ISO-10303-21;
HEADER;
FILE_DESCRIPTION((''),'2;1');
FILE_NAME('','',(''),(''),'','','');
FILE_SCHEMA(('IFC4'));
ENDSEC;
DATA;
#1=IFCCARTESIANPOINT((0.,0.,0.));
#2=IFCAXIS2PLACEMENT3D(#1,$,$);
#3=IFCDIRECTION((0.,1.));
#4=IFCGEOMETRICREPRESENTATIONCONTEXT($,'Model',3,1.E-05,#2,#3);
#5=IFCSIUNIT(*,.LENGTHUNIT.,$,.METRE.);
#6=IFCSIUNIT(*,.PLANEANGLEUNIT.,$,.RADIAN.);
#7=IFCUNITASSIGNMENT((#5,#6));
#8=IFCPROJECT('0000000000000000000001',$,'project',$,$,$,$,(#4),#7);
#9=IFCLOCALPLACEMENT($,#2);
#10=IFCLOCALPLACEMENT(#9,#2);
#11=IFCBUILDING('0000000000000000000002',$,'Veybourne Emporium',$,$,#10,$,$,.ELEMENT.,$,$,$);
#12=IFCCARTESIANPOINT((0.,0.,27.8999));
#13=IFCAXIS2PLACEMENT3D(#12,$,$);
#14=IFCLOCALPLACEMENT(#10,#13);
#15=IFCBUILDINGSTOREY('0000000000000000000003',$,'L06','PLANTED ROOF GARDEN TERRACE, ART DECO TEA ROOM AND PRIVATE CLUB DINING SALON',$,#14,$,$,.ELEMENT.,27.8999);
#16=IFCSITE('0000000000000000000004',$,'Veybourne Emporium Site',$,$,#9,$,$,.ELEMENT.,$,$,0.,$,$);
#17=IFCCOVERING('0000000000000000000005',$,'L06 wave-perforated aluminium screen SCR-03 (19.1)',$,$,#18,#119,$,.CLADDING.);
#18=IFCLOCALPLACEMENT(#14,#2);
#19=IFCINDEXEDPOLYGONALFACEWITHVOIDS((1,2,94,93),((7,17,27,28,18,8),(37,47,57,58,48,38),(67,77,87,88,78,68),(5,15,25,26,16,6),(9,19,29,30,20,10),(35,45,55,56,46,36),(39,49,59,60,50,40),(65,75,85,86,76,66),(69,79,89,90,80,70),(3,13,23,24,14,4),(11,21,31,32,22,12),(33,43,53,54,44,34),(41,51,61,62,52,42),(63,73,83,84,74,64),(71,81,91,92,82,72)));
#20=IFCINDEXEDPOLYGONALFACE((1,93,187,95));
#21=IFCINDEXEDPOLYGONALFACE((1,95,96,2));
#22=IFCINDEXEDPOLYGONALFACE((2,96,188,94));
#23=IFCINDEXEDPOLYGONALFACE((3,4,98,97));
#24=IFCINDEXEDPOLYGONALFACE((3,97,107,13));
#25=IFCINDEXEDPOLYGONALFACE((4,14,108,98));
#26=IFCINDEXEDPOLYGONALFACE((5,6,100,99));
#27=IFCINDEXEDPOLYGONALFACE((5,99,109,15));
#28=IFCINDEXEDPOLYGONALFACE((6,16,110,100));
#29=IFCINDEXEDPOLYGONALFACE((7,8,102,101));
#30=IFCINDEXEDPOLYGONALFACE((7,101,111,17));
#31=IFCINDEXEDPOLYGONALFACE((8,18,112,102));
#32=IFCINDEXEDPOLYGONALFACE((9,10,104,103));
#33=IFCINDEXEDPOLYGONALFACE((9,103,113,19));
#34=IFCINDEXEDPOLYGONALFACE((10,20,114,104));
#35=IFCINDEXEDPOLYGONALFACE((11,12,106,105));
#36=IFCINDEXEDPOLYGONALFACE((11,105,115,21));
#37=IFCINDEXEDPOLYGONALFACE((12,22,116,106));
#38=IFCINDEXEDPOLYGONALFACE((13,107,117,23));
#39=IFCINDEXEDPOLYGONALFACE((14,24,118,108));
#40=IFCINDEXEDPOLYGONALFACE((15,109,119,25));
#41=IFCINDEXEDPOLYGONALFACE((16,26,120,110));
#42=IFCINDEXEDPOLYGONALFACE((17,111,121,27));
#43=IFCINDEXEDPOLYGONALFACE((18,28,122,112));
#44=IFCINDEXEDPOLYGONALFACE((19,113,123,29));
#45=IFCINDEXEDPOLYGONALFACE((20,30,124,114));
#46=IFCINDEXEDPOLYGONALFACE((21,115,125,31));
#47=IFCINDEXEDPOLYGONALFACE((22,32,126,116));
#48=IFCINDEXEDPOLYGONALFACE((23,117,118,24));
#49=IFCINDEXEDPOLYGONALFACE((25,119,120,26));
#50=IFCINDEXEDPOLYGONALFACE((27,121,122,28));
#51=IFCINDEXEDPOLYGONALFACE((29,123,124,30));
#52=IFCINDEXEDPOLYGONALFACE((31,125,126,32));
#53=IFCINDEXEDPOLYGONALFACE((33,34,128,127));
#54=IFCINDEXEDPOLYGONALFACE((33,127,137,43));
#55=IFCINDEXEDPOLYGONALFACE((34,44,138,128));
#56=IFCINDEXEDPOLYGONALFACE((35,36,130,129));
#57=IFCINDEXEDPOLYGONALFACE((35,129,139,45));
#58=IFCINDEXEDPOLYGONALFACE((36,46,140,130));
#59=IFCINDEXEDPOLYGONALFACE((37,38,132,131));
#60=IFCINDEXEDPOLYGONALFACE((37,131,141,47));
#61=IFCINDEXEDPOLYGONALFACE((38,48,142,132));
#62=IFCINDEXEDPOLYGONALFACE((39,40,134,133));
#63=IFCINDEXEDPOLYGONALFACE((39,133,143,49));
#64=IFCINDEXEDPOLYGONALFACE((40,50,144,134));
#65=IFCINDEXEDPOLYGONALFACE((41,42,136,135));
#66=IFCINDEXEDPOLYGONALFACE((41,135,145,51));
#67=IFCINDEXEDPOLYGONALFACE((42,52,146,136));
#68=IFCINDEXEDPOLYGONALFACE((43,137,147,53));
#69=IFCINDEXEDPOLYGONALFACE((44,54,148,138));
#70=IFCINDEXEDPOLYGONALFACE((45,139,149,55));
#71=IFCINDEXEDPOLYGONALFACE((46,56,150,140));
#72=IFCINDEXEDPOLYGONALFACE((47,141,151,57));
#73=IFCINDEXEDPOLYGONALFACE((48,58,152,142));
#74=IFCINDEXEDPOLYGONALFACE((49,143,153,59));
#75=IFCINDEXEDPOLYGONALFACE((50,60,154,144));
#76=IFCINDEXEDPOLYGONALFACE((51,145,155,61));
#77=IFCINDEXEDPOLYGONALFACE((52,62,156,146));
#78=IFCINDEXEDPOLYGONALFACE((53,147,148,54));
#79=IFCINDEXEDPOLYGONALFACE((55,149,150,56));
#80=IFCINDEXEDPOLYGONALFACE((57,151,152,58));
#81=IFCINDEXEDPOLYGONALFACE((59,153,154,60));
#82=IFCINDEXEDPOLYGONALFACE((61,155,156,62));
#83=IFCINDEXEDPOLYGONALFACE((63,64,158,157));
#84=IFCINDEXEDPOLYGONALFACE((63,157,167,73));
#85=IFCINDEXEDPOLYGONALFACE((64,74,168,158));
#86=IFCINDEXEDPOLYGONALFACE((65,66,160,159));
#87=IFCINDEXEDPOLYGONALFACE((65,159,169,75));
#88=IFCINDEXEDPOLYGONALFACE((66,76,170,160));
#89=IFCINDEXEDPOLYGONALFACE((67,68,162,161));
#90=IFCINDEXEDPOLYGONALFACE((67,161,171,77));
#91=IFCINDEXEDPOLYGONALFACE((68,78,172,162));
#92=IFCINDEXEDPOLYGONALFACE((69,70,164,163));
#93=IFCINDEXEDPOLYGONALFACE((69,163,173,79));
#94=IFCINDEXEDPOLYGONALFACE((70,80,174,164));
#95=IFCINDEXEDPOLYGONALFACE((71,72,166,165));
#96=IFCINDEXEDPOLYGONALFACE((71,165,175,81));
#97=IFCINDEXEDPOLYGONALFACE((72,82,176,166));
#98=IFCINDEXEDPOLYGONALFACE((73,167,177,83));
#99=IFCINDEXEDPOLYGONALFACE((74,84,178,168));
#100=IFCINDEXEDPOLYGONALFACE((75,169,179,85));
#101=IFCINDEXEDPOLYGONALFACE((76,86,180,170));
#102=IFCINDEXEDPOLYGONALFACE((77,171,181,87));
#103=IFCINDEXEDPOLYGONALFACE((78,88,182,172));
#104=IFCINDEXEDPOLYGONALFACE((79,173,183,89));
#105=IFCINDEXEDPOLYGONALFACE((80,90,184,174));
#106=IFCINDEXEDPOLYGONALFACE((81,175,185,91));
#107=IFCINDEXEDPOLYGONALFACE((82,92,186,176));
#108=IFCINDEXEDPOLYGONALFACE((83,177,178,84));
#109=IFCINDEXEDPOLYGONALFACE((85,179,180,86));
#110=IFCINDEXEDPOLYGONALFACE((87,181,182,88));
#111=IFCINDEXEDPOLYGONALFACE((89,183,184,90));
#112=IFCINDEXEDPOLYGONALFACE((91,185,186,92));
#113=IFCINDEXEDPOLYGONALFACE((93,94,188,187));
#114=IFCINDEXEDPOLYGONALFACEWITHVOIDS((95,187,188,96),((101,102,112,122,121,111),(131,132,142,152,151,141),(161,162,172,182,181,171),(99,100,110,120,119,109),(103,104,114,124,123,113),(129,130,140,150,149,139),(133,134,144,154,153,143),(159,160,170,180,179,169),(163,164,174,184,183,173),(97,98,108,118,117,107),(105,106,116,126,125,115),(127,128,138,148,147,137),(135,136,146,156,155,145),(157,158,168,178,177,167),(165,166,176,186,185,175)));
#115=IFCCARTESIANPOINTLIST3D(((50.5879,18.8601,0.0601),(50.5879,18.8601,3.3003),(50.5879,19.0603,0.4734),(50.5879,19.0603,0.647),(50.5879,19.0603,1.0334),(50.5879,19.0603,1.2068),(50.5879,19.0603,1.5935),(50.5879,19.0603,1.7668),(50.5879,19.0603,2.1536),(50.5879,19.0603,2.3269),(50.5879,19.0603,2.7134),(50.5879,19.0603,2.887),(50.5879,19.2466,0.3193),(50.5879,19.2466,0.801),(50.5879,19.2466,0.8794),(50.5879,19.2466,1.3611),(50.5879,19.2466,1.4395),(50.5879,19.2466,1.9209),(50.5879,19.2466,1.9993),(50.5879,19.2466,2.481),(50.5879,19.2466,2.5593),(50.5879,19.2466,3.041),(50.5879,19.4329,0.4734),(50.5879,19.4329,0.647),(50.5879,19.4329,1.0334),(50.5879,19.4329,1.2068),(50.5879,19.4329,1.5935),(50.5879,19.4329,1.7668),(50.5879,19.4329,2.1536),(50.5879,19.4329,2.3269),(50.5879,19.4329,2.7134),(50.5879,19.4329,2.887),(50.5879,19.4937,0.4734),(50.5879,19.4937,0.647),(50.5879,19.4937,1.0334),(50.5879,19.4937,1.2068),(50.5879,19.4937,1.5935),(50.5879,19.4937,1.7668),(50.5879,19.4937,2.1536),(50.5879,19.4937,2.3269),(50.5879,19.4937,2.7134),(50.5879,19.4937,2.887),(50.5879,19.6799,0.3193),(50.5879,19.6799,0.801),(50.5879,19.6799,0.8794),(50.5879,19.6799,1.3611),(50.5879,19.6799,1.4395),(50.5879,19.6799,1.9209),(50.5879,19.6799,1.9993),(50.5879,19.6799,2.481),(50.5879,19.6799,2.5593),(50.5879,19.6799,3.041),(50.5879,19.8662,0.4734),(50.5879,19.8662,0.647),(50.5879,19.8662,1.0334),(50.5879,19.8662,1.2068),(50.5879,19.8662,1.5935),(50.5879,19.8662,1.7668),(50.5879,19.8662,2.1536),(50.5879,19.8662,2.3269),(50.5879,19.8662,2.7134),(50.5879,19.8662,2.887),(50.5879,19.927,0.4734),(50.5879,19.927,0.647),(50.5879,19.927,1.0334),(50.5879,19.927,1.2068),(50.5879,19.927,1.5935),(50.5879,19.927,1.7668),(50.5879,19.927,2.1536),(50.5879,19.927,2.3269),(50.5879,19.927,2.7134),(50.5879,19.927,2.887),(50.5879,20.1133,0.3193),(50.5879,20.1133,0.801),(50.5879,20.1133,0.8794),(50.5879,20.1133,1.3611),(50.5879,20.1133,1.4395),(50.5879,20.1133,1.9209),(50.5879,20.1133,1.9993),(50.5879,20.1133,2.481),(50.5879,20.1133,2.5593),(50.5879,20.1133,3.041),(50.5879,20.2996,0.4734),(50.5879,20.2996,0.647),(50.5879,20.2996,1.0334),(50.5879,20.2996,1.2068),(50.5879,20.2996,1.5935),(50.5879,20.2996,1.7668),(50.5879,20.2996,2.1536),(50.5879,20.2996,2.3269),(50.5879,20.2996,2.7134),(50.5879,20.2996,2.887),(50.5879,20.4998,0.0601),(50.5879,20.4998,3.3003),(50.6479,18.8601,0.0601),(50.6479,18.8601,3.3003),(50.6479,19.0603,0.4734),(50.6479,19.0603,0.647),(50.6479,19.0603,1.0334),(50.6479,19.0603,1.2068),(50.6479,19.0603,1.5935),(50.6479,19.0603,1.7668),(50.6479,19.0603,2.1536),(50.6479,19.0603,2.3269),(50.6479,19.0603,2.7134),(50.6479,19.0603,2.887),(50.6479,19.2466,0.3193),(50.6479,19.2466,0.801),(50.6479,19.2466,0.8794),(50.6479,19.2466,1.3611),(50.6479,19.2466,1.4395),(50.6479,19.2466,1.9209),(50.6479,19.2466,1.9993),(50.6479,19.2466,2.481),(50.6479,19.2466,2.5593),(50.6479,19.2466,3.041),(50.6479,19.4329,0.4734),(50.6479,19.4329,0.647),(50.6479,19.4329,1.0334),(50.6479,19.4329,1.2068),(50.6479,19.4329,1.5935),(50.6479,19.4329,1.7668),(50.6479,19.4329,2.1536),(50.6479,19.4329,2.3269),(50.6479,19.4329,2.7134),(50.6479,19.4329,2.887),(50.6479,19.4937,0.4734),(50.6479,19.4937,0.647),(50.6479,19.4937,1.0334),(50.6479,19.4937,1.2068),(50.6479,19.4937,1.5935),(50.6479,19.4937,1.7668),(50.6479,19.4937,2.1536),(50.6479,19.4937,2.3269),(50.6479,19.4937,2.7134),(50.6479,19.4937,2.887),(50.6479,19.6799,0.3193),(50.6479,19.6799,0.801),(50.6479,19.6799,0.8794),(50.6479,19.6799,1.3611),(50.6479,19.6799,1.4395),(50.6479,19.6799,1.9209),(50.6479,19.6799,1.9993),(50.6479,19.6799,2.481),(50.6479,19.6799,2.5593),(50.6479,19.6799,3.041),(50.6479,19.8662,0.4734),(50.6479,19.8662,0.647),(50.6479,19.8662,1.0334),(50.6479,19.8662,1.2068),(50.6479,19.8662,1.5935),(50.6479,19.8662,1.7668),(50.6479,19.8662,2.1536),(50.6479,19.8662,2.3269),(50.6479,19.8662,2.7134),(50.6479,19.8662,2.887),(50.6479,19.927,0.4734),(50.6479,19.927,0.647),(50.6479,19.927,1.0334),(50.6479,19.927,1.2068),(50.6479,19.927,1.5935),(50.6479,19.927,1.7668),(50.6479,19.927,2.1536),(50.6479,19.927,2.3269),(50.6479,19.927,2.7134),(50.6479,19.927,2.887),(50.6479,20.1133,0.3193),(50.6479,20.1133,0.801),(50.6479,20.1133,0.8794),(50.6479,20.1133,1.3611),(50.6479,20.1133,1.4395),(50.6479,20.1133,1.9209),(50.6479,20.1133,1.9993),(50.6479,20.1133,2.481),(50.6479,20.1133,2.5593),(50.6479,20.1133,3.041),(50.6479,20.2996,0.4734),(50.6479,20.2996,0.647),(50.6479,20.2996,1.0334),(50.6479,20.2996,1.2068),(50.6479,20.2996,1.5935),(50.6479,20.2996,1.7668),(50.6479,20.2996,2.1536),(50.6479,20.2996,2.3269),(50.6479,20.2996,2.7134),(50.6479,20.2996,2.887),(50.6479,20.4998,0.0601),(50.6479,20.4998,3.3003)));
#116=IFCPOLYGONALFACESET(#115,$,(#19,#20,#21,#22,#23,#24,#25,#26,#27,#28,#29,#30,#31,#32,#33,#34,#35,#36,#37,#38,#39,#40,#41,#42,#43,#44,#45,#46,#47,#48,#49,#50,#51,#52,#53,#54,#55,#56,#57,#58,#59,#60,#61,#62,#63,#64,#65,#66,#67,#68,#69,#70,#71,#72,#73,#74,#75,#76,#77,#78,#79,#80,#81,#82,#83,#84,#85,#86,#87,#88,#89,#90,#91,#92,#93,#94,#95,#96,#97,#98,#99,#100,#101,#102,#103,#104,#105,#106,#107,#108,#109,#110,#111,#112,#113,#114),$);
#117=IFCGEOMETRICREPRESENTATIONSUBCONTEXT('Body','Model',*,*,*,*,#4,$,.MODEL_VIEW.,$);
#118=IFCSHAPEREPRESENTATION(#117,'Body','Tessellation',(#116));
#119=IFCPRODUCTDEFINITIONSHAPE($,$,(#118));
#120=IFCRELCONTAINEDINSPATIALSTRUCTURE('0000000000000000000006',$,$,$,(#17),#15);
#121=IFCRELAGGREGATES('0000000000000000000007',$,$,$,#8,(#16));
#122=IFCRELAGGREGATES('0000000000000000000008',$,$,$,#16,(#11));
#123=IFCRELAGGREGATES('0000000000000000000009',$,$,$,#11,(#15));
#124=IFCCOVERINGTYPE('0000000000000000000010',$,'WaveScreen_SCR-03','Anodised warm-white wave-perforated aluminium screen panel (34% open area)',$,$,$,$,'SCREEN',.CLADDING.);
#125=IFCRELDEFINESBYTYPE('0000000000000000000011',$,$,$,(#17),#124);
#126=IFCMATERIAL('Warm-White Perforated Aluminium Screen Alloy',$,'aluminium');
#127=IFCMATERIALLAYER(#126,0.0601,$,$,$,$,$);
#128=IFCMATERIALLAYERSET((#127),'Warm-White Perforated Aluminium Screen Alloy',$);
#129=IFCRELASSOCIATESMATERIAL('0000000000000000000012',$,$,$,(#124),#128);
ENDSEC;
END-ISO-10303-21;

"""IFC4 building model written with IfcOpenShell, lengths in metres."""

from ifc_helpers import new_model, si_unit, direction, frame, origin, place, context, subcontext, project, spatial, polyline, outline, extrude, material, layer, layer_set, type_object, element, save


model = new_model("IFC4")

# Units and contexts
model_context = context("Model", 3, precision=1e-05, world=origin(), true_north=direction((0.0, 1.0)))
body_context = subcontext(model_context, "Body", "Model", "MODEL_VIEW")
ifc_project = project(units=[si_unit("LENGTHUNIT", "METRE"), si_unit("PLANEANGLEUNIT", "RADIAN")], contexts=[model_context])

# Site, building, storey
site_placement = place(None, origin())
site = spatial("IfcSite", under=ifc_project, at=site_placement, Name="Veybourne Emporium Site", CompositionType="ELEMENT", RefElevation=0.0)
building_placement = place(site_placement, origin())
building = spatial("IfcBuilding", under=site, at=building_placement, Name="Veybourne Emporium", CompositionType="ELEMENT")
storey_placement = place(building_placement, frame((0.0, 0.0, 27.8999)))
storey = spatial("IfcBuildingStorey", under=building, at=storey_placement, Name="L06", Description="PLANTED ROOF GARDEN TERRACE, ART DECO TEA ROOM AND PRIVATE CLUB DINING SALON", CompositionType="ELEMENT", Elevation=27.8999)

# Covering
ifc_material_1 = material(Name="Warm-White Perforated Aluminium Screen Alloy", Category="aluminium")
ifc_layer_1 = layer(ifc_material_1, 0.0601)
ifc_layer_set_1 = layer_set([ifc_layer_1], Name="Warm-White Perforated Aluminium Screen Alloy")
covering_type_1 = type_object("IfcCoveringType", Name="WaveScreen_SCR-03", Description="Anodised warm-white wave-perforated aluminium screen panel (34% open area)", ElementType="SCREEN", PredefinedType="CLADDING", material=ifc_layer_set_1)
covering_1_placement = place(storey_placement, frame((50.6479, 19.6799, 1.6802), z_axis=(-1.0, 0.0, 0.0), x_axis=(0.0, -1.0, 0.0)))
element("IfcCovering", 1, at=covering_1_placement, inside=storey, type_object=covering_type_1, Name="L06 wave-perforated aluminium screen SCR-03 (19.1)", PredefinedType="CLADDING", context=body_context, shape_type="SweptSolid", body=[
    extrude(outline(polyline([(-0.8198, -1.6201), (0.8198, -1.6201), (0.8198, 1.6201), (-0.8198, 1.6201), (-0.8198, -1.6201)]), holes=[polyline([(-0.4333, -0.8792), (-0.2471, -1.0332), (-0.2471, -1.2068), (-0.4333, -1.3608), (-0.6196, -1.2068), (-0.6196, -1.0332), (-0.4333, -0.8792)]), polyline([(-0.4333, -0.3191), (-0.2471, -0.4734), (-0.2471, -0.6467), (-0.4333, -0.8008), (-0.6196, -0.6467), (-0.6196, -0.4734), (-0.4333, -0.3191)]), polyline([(-0.4333, 0.2407), (-0.2471, 0.0867), (-0.2471, -0.0867), (-0.4333, -0.2407), (-0.6196, -0.0867), (-0.6196, 0.0867), (-0.4333, 0.2407)]), polyline([(-0.4333, 0.8008), (-0.2471, 0.6467), (-0.2471, 0.4734), (-0.4333, 0.3191), (-0.6196, 0.4734), (-0.6196, 0.6467), (-0.4333, 0.8008)]), polyline([(-0.4333, 1.3608), (-0.2471, 1.2068), (-0.2471, 1.0332), (-0.4333, 0.8792), (-0.6196, 1.0332), (-0.6196, 1.2068), (-0.4333, 1.3608)]), polyline([(0.0, -0.8792), (0.1863, -1.0332), (0.1863, -1.2068), (0.0, -1.3608), (-0.1863, -1.2068), (-0.1863, -1.0332), (0.0, -0.8792)]), polyline([(0.0, -0.3191), (0.1863, -0.4734), (0.1863, -0.6467), (0.0, -0.8008), (-0.1863, -0.6467), (-0.1863, -0.4734), (0.0, -0.3191)]), polyline([(0.0, 0.2407), (0.1863, 0.0867), (0.1863, -0.0867), (0.0, -0.2407), (-0.1863, -0.0867), (-0.1863, 0.0867), (0.0, 0.2407)]), polyline([(0.0, 0.8008), (0.1863, 0.6467), (0.1863, 0.4734), (0.0, 0.3191), (-0.1863, 0.4734), (-0.1863, 0.6467), (0.0, 0.8008)]), polyline([(0.0, 1.3608), (0.1863, 1.2068), (0.1863, 1.0332), (0.0, 0.8792), (-0.1863, 1.0332), (-0.1863, 1.2068), (0.0, 1.3608)]), polyline([(0.4333, -0.8792), (0.6196, -1.0332), (0.6196, -1.2068), (0.4333, -1.3608), (0.2471, -1.2068), (0.2471, -1.0332), (0.4333, -0.8792)]), polyline([(0.4333, -0.3191), (0.6196, -0.4734), (0.6196, -0.6467), (0.4333, -0.8008), (0.2471, -0.6467), (0.2471, -0.4734), (0.4333, -0.3191)]), polyline([(0.4333, 0.2407), (0.6196, 0.0867), (0.6196, -0.0867), (0.4333, -0.2407), (0.2471, -0.0867), (0.2471, 0.0867), (0.4333, 0.2407)]), polyline([(0.4333, 0.8008), (0.6196, 0.6467), (0.6196, 0.4734), (0.4333, 0.3191), (0.2471, 0.4734), (0.2471, 0.6467), (0.4333, 0.8008)]), polyline([(0.4333, 1.3608), (0.6196, 1.2068), (0.6196, 1.0332), (0.4333, 0.8792), (0.2471, 1.0332), (0.2471, 1.2068), (0.4333, 1.3608)])]), origin(), (0.0, 0.0, 1.0), 0.0601),
])

save(model, "model.ifc")
